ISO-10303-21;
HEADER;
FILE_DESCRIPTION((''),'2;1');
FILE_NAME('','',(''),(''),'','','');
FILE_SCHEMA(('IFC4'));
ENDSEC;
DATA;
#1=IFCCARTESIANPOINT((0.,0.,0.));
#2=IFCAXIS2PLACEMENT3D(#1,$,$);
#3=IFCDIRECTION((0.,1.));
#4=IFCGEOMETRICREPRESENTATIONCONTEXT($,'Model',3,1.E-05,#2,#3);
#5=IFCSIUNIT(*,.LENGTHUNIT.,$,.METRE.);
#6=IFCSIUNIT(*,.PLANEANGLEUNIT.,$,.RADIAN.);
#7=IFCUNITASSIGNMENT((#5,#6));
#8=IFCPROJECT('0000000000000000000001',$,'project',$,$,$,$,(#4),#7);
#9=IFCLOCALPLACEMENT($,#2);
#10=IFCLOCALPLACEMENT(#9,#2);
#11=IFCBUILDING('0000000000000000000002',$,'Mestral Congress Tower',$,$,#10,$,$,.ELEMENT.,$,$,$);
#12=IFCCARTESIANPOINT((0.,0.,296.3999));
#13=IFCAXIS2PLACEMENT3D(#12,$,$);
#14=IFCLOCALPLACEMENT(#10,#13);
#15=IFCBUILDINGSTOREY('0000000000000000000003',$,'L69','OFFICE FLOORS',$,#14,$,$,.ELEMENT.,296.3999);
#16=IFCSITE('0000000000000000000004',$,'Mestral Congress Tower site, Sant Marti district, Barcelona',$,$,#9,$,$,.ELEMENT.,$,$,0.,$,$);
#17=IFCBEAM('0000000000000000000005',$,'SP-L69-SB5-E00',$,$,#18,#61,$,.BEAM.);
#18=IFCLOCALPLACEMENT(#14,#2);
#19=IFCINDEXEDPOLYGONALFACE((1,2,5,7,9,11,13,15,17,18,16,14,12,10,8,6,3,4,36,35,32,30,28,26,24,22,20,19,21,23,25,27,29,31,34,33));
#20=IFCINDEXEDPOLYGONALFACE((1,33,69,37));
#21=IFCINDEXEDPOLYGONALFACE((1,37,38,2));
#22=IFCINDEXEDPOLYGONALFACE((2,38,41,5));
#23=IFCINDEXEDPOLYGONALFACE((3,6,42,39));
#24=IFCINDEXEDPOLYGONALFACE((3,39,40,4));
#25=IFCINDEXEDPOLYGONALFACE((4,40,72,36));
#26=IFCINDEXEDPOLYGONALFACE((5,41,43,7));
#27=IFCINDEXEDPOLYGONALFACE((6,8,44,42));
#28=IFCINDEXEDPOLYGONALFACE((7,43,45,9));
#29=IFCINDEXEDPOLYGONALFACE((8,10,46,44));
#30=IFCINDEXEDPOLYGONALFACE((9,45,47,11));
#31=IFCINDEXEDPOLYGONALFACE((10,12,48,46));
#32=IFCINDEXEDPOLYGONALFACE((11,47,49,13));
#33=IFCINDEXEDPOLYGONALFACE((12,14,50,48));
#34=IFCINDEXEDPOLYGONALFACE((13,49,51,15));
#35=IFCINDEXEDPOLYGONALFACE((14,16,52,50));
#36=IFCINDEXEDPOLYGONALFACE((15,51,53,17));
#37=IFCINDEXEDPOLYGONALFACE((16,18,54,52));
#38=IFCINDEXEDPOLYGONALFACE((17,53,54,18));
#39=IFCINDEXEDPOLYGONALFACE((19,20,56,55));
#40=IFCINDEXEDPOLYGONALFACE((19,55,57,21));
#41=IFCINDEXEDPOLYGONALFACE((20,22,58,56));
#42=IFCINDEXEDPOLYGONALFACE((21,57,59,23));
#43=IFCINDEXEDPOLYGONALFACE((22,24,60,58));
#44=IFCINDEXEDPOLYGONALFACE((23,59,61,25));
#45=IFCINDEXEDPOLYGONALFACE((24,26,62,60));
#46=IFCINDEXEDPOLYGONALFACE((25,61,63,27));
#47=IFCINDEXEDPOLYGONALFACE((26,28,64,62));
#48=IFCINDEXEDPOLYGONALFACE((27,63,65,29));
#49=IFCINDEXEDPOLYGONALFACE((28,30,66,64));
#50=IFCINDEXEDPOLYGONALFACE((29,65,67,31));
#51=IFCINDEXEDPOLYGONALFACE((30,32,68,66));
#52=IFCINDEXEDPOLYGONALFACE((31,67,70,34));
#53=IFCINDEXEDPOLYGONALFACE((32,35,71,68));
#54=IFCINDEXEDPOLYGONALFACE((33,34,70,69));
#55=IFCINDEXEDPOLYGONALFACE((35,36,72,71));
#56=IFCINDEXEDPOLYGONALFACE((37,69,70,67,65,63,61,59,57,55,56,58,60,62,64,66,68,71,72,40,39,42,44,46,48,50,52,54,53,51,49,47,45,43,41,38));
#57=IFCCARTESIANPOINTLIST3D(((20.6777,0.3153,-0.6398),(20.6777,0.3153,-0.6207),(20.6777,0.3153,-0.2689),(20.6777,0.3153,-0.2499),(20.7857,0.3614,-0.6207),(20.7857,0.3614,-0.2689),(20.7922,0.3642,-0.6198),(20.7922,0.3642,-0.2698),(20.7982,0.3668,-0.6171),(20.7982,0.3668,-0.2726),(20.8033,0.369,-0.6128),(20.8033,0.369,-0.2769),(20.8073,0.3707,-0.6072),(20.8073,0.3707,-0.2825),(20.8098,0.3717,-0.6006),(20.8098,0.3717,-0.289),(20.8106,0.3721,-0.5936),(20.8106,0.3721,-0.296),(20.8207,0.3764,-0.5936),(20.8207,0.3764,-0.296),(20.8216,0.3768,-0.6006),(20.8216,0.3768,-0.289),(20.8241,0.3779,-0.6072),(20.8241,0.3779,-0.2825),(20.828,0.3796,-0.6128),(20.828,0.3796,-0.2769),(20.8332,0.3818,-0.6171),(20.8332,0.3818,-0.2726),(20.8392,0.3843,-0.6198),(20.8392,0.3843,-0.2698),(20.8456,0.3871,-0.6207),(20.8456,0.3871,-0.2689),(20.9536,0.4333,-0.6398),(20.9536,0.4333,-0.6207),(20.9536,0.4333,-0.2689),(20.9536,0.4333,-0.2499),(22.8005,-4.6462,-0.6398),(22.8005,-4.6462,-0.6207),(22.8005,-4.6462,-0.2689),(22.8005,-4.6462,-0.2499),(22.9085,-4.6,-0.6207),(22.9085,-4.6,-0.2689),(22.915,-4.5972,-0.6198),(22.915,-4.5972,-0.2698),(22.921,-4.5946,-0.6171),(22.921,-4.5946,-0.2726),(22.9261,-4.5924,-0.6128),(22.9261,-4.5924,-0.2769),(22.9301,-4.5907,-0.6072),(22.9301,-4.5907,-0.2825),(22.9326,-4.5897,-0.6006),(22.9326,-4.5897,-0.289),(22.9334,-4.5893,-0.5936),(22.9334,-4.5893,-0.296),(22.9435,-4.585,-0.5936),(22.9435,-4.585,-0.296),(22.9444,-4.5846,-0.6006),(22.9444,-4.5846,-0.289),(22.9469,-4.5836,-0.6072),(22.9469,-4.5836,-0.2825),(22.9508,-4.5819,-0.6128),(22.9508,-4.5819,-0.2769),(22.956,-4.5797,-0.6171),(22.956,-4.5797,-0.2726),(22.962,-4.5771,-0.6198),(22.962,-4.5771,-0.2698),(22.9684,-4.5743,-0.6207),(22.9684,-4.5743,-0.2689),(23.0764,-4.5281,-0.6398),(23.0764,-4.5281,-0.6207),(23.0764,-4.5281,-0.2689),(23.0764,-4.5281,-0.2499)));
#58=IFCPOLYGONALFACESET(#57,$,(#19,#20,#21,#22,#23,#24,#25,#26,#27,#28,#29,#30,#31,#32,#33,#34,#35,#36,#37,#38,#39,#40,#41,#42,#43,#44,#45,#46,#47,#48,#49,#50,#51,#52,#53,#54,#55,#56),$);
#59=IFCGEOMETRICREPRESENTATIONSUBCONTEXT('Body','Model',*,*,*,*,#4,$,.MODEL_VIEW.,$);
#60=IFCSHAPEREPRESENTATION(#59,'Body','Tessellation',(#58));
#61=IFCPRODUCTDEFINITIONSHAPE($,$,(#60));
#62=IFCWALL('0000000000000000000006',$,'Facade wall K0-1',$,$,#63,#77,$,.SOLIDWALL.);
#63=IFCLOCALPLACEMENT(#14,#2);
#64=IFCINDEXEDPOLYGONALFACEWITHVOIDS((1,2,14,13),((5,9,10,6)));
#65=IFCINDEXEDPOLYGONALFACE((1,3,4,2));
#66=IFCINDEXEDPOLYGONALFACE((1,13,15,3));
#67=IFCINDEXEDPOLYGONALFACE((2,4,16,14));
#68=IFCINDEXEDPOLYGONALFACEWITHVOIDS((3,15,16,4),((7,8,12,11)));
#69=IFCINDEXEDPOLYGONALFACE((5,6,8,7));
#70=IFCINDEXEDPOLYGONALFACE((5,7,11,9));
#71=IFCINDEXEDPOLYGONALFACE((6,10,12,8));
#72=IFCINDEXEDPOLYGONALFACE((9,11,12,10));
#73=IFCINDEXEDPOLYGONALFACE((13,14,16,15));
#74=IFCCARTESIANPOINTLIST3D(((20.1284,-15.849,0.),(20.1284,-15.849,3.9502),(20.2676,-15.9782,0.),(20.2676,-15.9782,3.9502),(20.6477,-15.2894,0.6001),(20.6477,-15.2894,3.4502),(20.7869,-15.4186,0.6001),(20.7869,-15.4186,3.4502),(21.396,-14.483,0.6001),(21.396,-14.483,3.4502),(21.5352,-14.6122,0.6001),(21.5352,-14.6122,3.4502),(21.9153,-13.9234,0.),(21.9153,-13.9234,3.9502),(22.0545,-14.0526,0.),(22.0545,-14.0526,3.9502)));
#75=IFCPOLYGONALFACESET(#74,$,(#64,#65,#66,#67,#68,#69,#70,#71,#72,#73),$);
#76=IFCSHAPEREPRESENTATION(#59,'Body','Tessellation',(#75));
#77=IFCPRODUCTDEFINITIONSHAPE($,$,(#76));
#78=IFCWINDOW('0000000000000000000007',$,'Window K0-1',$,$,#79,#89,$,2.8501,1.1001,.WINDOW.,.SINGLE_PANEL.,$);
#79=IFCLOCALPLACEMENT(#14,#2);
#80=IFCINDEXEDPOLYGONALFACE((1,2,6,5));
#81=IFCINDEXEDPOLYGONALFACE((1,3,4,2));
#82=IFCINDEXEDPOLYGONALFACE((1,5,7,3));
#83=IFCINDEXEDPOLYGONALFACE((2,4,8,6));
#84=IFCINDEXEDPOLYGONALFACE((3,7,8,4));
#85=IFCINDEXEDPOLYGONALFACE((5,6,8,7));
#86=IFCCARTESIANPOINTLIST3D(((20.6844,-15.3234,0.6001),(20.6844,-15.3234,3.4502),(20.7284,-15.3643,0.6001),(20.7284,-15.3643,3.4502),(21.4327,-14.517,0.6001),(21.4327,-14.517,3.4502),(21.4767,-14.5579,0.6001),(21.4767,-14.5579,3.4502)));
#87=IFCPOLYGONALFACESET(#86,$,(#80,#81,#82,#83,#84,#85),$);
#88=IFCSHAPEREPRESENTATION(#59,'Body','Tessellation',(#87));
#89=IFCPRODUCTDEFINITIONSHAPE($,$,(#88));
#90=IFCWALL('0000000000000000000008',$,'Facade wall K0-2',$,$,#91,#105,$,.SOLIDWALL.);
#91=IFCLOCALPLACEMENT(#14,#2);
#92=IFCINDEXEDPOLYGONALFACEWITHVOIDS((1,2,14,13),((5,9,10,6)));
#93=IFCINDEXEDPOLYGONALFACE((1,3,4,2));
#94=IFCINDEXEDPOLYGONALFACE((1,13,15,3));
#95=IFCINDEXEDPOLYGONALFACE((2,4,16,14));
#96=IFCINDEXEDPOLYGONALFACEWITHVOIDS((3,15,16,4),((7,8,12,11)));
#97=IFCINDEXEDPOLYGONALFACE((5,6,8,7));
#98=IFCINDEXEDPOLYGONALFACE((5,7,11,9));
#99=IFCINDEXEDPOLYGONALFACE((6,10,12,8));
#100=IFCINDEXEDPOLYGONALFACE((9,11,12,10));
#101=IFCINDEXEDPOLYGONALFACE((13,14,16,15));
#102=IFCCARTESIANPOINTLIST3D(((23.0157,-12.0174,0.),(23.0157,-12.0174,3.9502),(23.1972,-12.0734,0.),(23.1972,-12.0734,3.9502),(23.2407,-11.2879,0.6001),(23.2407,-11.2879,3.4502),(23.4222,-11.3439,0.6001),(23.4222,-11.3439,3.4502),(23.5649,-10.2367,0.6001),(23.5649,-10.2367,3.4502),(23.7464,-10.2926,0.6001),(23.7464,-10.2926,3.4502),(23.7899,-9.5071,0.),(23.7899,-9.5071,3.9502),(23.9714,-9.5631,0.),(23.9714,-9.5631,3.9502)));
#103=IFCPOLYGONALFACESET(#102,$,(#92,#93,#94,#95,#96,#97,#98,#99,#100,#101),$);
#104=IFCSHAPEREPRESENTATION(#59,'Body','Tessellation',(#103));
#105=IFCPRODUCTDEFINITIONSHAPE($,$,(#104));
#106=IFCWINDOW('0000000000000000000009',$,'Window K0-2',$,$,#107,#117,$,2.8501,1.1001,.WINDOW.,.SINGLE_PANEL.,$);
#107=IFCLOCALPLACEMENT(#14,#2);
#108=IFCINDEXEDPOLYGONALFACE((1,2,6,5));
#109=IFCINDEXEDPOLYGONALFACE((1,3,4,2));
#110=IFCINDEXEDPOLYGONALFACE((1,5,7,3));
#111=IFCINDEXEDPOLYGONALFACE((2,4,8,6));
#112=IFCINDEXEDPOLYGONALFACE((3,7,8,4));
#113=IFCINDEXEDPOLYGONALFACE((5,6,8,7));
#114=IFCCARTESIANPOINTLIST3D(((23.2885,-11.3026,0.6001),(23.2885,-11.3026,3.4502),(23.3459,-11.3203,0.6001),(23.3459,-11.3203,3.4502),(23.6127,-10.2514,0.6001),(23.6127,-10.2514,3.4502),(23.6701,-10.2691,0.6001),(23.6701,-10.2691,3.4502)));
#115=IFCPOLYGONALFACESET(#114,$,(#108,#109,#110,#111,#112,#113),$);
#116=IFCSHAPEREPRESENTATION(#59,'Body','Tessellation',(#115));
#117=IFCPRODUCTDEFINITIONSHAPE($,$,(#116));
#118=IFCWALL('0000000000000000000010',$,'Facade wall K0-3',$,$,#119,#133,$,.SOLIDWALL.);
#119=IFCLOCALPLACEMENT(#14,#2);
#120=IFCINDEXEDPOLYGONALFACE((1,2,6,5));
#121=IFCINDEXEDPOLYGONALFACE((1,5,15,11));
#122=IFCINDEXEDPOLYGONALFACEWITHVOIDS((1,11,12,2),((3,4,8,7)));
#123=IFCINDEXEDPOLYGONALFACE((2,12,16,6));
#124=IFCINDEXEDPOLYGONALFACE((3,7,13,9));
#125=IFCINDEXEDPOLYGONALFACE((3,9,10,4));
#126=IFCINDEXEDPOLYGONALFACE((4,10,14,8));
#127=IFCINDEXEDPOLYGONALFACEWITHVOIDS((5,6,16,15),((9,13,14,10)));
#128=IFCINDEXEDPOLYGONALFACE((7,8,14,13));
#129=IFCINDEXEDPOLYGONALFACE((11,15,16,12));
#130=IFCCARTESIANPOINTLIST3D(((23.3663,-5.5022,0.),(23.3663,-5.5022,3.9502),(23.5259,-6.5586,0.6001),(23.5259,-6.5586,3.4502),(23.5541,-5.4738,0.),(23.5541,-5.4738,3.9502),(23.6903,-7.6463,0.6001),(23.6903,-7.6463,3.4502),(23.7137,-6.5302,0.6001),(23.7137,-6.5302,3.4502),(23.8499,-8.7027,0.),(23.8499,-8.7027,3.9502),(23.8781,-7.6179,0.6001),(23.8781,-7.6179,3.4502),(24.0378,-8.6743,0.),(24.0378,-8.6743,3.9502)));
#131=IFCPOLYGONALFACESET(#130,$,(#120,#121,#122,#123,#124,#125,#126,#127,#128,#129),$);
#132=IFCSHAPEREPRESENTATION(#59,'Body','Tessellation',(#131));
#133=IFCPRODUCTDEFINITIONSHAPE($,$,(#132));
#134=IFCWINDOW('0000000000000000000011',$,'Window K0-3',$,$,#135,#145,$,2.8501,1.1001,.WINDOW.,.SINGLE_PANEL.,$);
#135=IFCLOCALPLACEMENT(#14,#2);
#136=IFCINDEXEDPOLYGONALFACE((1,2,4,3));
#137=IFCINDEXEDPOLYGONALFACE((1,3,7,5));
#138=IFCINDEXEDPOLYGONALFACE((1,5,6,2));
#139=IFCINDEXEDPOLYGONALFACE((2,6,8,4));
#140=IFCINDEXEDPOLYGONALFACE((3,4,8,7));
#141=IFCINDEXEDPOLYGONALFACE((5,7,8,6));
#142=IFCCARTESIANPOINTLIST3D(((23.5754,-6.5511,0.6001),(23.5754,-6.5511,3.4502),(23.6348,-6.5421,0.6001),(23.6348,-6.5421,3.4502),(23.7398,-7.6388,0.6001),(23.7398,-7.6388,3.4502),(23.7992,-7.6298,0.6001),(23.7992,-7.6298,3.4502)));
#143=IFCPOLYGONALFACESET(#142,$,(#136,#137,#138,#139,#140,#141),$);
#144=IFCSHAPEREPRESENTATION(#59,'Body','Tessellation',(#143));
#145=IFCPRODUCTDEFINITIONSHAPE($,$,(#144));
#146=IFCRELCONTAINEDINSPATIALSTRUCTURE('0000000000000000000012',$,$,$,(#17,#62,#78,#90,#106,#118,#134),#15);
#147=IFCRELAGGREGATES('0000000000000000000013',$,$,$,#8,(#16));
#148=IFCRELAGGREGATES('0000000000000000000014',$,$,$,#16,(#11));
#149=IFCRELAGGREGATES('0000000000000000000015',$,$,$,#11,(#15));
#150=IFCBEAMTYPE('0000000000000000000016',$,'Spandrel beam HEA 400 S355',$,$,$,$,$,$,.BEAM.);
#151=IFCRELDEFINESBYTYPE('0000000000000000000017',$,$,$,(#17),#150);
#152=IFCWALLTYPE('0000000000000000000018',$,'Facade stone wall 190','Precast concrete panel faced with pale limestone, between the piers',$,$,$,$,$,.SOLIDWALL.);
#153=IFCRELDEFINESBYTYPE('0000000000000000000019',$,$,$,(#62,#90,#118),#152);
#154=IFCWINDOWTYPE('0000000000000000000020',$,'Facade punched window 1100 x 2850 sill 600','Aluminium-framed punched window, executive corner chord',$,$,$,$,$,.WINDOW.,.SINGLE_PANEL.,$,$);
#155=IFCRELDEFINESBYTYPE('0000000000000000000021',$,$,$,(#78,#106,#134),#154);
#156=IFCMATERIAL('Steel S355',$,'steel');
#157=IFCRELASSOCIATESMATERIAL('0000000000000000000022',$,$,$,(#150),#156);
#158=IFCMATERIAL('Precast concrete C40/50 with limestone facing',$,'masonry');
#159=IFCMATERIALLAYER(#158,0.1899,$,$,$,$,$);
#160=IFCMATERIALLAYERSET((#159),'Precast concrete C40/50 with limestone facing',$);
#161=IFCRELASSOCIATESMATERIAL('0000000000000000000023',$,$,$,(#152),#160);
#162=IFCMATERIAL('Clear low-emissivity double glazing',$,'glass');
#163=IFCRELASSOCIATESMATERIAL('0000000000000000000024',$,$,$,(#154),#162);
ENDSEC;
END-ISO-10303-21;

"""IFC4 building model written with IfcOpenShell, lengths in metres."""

from ifc_helpers import new_model, si_unit, direction, frame, frame_2d, origin, origin_2d, place, context, subcontext, project, spatial, rectangle, i_section, extrude, material, layer, layer_set, material_profile, profile_set, type_object, element, fill, save


model = new_model("IFC4")

# Units and contexts
model_context = context("Model", 3, precision=1e-05, world=origin(), true_north=direction((0.0, 1.0)))
body_context = subcontext(model_context, "Body", "Model", "MODEL_VIEW")
ifc_project = project(units=[si_unit("LENGTHUNIT", "METRE"), si_unit("PLANEANGLEUNIT", "RADIAN")], contexts=[model_context])

# Site, building, storey
site_placement = place(None, origin())
site = spatial("IfcSite", under=ifc_project, at=site_placement, Name="Mestral Congress Tower site, Sant Marti district, Barcelona", CompositionType="ELEMENT", RefElevation=0.0)
building_placement = place(site_placement, origin())
building = spatial("IfcBuilding", under=site, at=building_placement, Name="Mestral Congress Tower", CompositionType="ELEMENT")
storey_placement = place(building_placement, frame((0.0, 0.0, 296.3999)))
storey = spatial("IfcBuildingStorey", under=building, at=storey_placement, Name="L69", Description="OFFICE FLOORS", CompositionType="ELEMENT", Elevation=296.3999)

# Beam
ifc_material_1 = material(Name="Steel S355", Category="steel")
ifc_material_profile_1 = material_profile(ifc_material_1, i_section(OverallWidth=0.3, OverallDepth=0.3899, WebThickness=0.011, FlangeThickness=0.019, FilletRadius=0.0271, at=origin_2d()), Name="HEA 400")
ifc_profile_set_1 = profile_set([ifc_material_profile_1], Name="Steel S355")
beam_type_1 = type_object("IfcBeamType", Name="Spandrel beam HEA 400 S355", PredefinedType="BEAM", material=ifc_profile_set_1)
beam_1_placement = place(storey_placement, frame((22.9385, -4.5872, -0.4448), z_axis=(-0.393368, 0.919381, 0.0), x_axis=(-0.919381, -0.393368, 0.0)))
element("IfcBeam", 1, at=beam_1_placement, inside=storey, type_object=beam_type_1, Name="SP-L69-SB5-E00", PredefinedType="BEAM", context=body_context, shape_type="SweptSolid", body=[
    extrude(i_section(OverallWidth=0.3, OverallDepth=0.3899, WebThickness=0.011, FlangeThickness=0.019, FilletRadius=0.0271, at=origin_2d()), origin(), (0.0, 0.0, 1.0), 5.3965),
])

# Walls, openings, windows
ifc_material_2 = material(Name="Precast concrete C40/50 with limestone facing", Category="masonry")
ifc_layer_1 = layer(ifc_material_2, 0.1899)
ifc_layer_set_1 = layer_set([ifc_layer_1], Name="Precast concrete C40/50 with limestone facing")
wall_type_1 = type_object("IfcWallType", Name="Facade stone wall 190", Description="Precast concrete panel faced with pale limestone, between the piers", PredefinedType="SOLIDWALL", material=ifc_layer_set_1)
wall_1_placement = place(storey_placement, frame((20.198, -15.9136, 0.0), z_axis=(0.0, 0.0, 1.0), x_axis=(0.680219, 0.733009, 0.0)))
wall_1 = element("IfcWall", 2, at=wall_1_placement, inside=storey, type_object=wall_type_1, Name="Facade wall K0-1", PredefinedType="SOLIDWALL", context=body_context, shape_type="SweptSolid", body=[
    extrude(rectangle(XDim=2.627, YDim=0.1899, at=frame_2d((1.3135, 0.0))), origin(), (0.0, 0.0, 1.0), 3.9502),
])
opening_1_placement = place(wall_1_placement, frame((0.7634, 0.0, 0.6001)))
opening_1 = element("IfcOpeningElement", 3, at=opening_1_placement, cuts=wall_1, PredefinedType="OPENING", context=body_context, shape_type="SweptSolid", body=[
    extrude(rectangle(XDim=1.1001, YDim=2.8501, at=frame_2d((0.55, 1.425))), frame((0.0, 0.105, 0.0), z_axis=(0.0, -1.0, 0.0), x_axis=(1.0, 0.0, 0.0)), (0.0, 0.0, 1.0), 0.21),
])
ifc_material_3 = material(Name="Clear low-emissivity double glazing", Category="glass")
window_type_1 = type_object("IfcWindowType", Name="Facade punched window 1100 x 2850 sill 600", Description="Aluminium-framed punched window, executive corner chord", PartitioningType="SINGLE_PANEL", PredefinedType="WINDOW", material=ifc_material_3)
window_1_placement = place(opening_1_placement, origin())
window_1 = element("IfcWindow", 4, at=window_1_placement, inside=storey, type_object=window_type_1, Name="Window K0-1", OverallHeight=2.8501, OverallWidth=1.1001, PartitioningType="SINGLE_PANEL", PredefinedType="WINDOW", context=body_context, shape_type="SweptSolid", body=[
    extrude(rectangle(XDim=1.1001, YDim=2.8501, at=frame_2d((0.55, 1.425))), frame((0.0, 0.0449, 0.0), z_axis=(0.0, -1.0, 0.0), x_axis=(1.0, 0.0, 0.0)), (0.0, 0.0, 1.0), 0.0601),
])
fill(opening_1, window_1)
wall_2_placement = place(storey_placement, frame((23.1064, -12.0454, 0.0), z_axis=(0.0, 0.0, 1.0), x_axis=(0.294706, 0.955588, 0.0)))
wall_2 = element("IfcWall", 5, at=wall_2_placement, inside=storey, type_object=wall_type_1, Name="Facade wall K0-2", PredefinedType="SOLIDWALL", context=body_context, shape_type="SweptSolid", body=[
    extrude(rectangle(XDim=2.627, YDim=0.1899, at=frame_2d((1.3135, 0.0))), origin(), (0.0, 0.0, 1.0), 3.9502),
])
opening_2_placement = place(wall_2_placement, frame((0.7634, 0.0, 0.6001)))
opening_2 = element("IfcOpeningElement", 6, at=opening_2_placement, cuts=wall_2, PredefinedType="OPENING", context=body_context, shape_type="SweptSolid", body=[
    extrude(rectangle(XDim=1.1001, YDim=2.8501, at=frame_2d((0.55, 1.425))), frame((0.0, 0.105, 0.0), z_axis=(0.0, -1.0, 0.0), x_axis=(1.0, 0.0, 0.0)), (0.0, 0.0, 1.0), 0.21),
])
window_2_placement = place(opening_2_placement, origin())
window_2 = element("IfcWindow", 7, at=window_2_placement, inside=storey, type_object=window_type_1, Name="Window K0-2", OverallHeight=2.8501, OverallWidth=1.1001, PartitioningType="SINGLE_PANEL", PredefinedType="WINDOW", context=body_context, shape_type="SweptSolid", body=[
    extrude(rectangle(XDim=1.1001, YDim=2.8501, at=frame_2d((0.55, 1.425))), frame((0.0, 0.0449, 0.0), z_axis=(0.0, -1.0, 0.0), x_axis=(1.0, 0.0, 0.0)), (0.0, 0.0, 1.0), 0.0601),
])
fill(opening_2, window_2)
wall_3_placement = place(storey_placement, frame((23.9438, -8.6885, 0.0), z_axis=(0.0, 0.0, 1.0), x_axis=(-0.149421, 0.988774, 0.0)))
wall_3 = element("IfcWall", 8, at=wall_3_placement, inside=storey, type_object=wall_type_1, Name="Facade wall K0-3", PredefinedType="SOLIDWALL", context=body_context, shape_type="SweptSolid", body=[
    extrude(rectangle(XDim=3.2368, YDim=0.1899, at=frame_2d((1.6184, 0.0))), origin(), (0.0, 0.0, 1.0), 3.9502),
])
opening_3_placement = place(wall_3_placement, frame((1.0684, 0.0, 0.6001)))
opening_3 = element("IfcOpeningElement", 9, at=opening_3_placement, cuts=wall_3, PredefinedType="OPENING", context=body_context, shape_type="SweptSolid", body=[
    extrude(rectangle(XDim=1.1001, YDim=2.8501, at=frame_2d((0.55, 1.425))), frame((0.0, 0.105, 0.0), z_axis=(0.0, -1.0, 0.0), x_axis=(1.0, 0.0, 0.0)), (0.0, 0.0, 1.0), 0.21),
])
window_3_placement = place(opening_3_placement, origin())
window_3 = element("IfcWindow", 10, at=window_3_placement, inside=storey, type_object=window_type_1, Name="Window K0-3", OverallHeight=2.8501, OverallWidth=1.1001, PartitioningType="SINGLE_PANEL", PredefinedType="WINDOW", context=body_context, shape_type="SweptSolid", body=[
    extrude(rectangle(XDim=1.1001, YDim=2.8501, at=frame_2d((0.55, 1.425))), frame((0.0, 0.0449, 0.0), z_axis=(0.0, -1.0, 0.0), x_axis=(1.0, 0.0, 0.0)), (0.0, 0.0, 1.0), 0.0601),
])
fill(opening_3, window_3)

save(model, "model.ifc")
